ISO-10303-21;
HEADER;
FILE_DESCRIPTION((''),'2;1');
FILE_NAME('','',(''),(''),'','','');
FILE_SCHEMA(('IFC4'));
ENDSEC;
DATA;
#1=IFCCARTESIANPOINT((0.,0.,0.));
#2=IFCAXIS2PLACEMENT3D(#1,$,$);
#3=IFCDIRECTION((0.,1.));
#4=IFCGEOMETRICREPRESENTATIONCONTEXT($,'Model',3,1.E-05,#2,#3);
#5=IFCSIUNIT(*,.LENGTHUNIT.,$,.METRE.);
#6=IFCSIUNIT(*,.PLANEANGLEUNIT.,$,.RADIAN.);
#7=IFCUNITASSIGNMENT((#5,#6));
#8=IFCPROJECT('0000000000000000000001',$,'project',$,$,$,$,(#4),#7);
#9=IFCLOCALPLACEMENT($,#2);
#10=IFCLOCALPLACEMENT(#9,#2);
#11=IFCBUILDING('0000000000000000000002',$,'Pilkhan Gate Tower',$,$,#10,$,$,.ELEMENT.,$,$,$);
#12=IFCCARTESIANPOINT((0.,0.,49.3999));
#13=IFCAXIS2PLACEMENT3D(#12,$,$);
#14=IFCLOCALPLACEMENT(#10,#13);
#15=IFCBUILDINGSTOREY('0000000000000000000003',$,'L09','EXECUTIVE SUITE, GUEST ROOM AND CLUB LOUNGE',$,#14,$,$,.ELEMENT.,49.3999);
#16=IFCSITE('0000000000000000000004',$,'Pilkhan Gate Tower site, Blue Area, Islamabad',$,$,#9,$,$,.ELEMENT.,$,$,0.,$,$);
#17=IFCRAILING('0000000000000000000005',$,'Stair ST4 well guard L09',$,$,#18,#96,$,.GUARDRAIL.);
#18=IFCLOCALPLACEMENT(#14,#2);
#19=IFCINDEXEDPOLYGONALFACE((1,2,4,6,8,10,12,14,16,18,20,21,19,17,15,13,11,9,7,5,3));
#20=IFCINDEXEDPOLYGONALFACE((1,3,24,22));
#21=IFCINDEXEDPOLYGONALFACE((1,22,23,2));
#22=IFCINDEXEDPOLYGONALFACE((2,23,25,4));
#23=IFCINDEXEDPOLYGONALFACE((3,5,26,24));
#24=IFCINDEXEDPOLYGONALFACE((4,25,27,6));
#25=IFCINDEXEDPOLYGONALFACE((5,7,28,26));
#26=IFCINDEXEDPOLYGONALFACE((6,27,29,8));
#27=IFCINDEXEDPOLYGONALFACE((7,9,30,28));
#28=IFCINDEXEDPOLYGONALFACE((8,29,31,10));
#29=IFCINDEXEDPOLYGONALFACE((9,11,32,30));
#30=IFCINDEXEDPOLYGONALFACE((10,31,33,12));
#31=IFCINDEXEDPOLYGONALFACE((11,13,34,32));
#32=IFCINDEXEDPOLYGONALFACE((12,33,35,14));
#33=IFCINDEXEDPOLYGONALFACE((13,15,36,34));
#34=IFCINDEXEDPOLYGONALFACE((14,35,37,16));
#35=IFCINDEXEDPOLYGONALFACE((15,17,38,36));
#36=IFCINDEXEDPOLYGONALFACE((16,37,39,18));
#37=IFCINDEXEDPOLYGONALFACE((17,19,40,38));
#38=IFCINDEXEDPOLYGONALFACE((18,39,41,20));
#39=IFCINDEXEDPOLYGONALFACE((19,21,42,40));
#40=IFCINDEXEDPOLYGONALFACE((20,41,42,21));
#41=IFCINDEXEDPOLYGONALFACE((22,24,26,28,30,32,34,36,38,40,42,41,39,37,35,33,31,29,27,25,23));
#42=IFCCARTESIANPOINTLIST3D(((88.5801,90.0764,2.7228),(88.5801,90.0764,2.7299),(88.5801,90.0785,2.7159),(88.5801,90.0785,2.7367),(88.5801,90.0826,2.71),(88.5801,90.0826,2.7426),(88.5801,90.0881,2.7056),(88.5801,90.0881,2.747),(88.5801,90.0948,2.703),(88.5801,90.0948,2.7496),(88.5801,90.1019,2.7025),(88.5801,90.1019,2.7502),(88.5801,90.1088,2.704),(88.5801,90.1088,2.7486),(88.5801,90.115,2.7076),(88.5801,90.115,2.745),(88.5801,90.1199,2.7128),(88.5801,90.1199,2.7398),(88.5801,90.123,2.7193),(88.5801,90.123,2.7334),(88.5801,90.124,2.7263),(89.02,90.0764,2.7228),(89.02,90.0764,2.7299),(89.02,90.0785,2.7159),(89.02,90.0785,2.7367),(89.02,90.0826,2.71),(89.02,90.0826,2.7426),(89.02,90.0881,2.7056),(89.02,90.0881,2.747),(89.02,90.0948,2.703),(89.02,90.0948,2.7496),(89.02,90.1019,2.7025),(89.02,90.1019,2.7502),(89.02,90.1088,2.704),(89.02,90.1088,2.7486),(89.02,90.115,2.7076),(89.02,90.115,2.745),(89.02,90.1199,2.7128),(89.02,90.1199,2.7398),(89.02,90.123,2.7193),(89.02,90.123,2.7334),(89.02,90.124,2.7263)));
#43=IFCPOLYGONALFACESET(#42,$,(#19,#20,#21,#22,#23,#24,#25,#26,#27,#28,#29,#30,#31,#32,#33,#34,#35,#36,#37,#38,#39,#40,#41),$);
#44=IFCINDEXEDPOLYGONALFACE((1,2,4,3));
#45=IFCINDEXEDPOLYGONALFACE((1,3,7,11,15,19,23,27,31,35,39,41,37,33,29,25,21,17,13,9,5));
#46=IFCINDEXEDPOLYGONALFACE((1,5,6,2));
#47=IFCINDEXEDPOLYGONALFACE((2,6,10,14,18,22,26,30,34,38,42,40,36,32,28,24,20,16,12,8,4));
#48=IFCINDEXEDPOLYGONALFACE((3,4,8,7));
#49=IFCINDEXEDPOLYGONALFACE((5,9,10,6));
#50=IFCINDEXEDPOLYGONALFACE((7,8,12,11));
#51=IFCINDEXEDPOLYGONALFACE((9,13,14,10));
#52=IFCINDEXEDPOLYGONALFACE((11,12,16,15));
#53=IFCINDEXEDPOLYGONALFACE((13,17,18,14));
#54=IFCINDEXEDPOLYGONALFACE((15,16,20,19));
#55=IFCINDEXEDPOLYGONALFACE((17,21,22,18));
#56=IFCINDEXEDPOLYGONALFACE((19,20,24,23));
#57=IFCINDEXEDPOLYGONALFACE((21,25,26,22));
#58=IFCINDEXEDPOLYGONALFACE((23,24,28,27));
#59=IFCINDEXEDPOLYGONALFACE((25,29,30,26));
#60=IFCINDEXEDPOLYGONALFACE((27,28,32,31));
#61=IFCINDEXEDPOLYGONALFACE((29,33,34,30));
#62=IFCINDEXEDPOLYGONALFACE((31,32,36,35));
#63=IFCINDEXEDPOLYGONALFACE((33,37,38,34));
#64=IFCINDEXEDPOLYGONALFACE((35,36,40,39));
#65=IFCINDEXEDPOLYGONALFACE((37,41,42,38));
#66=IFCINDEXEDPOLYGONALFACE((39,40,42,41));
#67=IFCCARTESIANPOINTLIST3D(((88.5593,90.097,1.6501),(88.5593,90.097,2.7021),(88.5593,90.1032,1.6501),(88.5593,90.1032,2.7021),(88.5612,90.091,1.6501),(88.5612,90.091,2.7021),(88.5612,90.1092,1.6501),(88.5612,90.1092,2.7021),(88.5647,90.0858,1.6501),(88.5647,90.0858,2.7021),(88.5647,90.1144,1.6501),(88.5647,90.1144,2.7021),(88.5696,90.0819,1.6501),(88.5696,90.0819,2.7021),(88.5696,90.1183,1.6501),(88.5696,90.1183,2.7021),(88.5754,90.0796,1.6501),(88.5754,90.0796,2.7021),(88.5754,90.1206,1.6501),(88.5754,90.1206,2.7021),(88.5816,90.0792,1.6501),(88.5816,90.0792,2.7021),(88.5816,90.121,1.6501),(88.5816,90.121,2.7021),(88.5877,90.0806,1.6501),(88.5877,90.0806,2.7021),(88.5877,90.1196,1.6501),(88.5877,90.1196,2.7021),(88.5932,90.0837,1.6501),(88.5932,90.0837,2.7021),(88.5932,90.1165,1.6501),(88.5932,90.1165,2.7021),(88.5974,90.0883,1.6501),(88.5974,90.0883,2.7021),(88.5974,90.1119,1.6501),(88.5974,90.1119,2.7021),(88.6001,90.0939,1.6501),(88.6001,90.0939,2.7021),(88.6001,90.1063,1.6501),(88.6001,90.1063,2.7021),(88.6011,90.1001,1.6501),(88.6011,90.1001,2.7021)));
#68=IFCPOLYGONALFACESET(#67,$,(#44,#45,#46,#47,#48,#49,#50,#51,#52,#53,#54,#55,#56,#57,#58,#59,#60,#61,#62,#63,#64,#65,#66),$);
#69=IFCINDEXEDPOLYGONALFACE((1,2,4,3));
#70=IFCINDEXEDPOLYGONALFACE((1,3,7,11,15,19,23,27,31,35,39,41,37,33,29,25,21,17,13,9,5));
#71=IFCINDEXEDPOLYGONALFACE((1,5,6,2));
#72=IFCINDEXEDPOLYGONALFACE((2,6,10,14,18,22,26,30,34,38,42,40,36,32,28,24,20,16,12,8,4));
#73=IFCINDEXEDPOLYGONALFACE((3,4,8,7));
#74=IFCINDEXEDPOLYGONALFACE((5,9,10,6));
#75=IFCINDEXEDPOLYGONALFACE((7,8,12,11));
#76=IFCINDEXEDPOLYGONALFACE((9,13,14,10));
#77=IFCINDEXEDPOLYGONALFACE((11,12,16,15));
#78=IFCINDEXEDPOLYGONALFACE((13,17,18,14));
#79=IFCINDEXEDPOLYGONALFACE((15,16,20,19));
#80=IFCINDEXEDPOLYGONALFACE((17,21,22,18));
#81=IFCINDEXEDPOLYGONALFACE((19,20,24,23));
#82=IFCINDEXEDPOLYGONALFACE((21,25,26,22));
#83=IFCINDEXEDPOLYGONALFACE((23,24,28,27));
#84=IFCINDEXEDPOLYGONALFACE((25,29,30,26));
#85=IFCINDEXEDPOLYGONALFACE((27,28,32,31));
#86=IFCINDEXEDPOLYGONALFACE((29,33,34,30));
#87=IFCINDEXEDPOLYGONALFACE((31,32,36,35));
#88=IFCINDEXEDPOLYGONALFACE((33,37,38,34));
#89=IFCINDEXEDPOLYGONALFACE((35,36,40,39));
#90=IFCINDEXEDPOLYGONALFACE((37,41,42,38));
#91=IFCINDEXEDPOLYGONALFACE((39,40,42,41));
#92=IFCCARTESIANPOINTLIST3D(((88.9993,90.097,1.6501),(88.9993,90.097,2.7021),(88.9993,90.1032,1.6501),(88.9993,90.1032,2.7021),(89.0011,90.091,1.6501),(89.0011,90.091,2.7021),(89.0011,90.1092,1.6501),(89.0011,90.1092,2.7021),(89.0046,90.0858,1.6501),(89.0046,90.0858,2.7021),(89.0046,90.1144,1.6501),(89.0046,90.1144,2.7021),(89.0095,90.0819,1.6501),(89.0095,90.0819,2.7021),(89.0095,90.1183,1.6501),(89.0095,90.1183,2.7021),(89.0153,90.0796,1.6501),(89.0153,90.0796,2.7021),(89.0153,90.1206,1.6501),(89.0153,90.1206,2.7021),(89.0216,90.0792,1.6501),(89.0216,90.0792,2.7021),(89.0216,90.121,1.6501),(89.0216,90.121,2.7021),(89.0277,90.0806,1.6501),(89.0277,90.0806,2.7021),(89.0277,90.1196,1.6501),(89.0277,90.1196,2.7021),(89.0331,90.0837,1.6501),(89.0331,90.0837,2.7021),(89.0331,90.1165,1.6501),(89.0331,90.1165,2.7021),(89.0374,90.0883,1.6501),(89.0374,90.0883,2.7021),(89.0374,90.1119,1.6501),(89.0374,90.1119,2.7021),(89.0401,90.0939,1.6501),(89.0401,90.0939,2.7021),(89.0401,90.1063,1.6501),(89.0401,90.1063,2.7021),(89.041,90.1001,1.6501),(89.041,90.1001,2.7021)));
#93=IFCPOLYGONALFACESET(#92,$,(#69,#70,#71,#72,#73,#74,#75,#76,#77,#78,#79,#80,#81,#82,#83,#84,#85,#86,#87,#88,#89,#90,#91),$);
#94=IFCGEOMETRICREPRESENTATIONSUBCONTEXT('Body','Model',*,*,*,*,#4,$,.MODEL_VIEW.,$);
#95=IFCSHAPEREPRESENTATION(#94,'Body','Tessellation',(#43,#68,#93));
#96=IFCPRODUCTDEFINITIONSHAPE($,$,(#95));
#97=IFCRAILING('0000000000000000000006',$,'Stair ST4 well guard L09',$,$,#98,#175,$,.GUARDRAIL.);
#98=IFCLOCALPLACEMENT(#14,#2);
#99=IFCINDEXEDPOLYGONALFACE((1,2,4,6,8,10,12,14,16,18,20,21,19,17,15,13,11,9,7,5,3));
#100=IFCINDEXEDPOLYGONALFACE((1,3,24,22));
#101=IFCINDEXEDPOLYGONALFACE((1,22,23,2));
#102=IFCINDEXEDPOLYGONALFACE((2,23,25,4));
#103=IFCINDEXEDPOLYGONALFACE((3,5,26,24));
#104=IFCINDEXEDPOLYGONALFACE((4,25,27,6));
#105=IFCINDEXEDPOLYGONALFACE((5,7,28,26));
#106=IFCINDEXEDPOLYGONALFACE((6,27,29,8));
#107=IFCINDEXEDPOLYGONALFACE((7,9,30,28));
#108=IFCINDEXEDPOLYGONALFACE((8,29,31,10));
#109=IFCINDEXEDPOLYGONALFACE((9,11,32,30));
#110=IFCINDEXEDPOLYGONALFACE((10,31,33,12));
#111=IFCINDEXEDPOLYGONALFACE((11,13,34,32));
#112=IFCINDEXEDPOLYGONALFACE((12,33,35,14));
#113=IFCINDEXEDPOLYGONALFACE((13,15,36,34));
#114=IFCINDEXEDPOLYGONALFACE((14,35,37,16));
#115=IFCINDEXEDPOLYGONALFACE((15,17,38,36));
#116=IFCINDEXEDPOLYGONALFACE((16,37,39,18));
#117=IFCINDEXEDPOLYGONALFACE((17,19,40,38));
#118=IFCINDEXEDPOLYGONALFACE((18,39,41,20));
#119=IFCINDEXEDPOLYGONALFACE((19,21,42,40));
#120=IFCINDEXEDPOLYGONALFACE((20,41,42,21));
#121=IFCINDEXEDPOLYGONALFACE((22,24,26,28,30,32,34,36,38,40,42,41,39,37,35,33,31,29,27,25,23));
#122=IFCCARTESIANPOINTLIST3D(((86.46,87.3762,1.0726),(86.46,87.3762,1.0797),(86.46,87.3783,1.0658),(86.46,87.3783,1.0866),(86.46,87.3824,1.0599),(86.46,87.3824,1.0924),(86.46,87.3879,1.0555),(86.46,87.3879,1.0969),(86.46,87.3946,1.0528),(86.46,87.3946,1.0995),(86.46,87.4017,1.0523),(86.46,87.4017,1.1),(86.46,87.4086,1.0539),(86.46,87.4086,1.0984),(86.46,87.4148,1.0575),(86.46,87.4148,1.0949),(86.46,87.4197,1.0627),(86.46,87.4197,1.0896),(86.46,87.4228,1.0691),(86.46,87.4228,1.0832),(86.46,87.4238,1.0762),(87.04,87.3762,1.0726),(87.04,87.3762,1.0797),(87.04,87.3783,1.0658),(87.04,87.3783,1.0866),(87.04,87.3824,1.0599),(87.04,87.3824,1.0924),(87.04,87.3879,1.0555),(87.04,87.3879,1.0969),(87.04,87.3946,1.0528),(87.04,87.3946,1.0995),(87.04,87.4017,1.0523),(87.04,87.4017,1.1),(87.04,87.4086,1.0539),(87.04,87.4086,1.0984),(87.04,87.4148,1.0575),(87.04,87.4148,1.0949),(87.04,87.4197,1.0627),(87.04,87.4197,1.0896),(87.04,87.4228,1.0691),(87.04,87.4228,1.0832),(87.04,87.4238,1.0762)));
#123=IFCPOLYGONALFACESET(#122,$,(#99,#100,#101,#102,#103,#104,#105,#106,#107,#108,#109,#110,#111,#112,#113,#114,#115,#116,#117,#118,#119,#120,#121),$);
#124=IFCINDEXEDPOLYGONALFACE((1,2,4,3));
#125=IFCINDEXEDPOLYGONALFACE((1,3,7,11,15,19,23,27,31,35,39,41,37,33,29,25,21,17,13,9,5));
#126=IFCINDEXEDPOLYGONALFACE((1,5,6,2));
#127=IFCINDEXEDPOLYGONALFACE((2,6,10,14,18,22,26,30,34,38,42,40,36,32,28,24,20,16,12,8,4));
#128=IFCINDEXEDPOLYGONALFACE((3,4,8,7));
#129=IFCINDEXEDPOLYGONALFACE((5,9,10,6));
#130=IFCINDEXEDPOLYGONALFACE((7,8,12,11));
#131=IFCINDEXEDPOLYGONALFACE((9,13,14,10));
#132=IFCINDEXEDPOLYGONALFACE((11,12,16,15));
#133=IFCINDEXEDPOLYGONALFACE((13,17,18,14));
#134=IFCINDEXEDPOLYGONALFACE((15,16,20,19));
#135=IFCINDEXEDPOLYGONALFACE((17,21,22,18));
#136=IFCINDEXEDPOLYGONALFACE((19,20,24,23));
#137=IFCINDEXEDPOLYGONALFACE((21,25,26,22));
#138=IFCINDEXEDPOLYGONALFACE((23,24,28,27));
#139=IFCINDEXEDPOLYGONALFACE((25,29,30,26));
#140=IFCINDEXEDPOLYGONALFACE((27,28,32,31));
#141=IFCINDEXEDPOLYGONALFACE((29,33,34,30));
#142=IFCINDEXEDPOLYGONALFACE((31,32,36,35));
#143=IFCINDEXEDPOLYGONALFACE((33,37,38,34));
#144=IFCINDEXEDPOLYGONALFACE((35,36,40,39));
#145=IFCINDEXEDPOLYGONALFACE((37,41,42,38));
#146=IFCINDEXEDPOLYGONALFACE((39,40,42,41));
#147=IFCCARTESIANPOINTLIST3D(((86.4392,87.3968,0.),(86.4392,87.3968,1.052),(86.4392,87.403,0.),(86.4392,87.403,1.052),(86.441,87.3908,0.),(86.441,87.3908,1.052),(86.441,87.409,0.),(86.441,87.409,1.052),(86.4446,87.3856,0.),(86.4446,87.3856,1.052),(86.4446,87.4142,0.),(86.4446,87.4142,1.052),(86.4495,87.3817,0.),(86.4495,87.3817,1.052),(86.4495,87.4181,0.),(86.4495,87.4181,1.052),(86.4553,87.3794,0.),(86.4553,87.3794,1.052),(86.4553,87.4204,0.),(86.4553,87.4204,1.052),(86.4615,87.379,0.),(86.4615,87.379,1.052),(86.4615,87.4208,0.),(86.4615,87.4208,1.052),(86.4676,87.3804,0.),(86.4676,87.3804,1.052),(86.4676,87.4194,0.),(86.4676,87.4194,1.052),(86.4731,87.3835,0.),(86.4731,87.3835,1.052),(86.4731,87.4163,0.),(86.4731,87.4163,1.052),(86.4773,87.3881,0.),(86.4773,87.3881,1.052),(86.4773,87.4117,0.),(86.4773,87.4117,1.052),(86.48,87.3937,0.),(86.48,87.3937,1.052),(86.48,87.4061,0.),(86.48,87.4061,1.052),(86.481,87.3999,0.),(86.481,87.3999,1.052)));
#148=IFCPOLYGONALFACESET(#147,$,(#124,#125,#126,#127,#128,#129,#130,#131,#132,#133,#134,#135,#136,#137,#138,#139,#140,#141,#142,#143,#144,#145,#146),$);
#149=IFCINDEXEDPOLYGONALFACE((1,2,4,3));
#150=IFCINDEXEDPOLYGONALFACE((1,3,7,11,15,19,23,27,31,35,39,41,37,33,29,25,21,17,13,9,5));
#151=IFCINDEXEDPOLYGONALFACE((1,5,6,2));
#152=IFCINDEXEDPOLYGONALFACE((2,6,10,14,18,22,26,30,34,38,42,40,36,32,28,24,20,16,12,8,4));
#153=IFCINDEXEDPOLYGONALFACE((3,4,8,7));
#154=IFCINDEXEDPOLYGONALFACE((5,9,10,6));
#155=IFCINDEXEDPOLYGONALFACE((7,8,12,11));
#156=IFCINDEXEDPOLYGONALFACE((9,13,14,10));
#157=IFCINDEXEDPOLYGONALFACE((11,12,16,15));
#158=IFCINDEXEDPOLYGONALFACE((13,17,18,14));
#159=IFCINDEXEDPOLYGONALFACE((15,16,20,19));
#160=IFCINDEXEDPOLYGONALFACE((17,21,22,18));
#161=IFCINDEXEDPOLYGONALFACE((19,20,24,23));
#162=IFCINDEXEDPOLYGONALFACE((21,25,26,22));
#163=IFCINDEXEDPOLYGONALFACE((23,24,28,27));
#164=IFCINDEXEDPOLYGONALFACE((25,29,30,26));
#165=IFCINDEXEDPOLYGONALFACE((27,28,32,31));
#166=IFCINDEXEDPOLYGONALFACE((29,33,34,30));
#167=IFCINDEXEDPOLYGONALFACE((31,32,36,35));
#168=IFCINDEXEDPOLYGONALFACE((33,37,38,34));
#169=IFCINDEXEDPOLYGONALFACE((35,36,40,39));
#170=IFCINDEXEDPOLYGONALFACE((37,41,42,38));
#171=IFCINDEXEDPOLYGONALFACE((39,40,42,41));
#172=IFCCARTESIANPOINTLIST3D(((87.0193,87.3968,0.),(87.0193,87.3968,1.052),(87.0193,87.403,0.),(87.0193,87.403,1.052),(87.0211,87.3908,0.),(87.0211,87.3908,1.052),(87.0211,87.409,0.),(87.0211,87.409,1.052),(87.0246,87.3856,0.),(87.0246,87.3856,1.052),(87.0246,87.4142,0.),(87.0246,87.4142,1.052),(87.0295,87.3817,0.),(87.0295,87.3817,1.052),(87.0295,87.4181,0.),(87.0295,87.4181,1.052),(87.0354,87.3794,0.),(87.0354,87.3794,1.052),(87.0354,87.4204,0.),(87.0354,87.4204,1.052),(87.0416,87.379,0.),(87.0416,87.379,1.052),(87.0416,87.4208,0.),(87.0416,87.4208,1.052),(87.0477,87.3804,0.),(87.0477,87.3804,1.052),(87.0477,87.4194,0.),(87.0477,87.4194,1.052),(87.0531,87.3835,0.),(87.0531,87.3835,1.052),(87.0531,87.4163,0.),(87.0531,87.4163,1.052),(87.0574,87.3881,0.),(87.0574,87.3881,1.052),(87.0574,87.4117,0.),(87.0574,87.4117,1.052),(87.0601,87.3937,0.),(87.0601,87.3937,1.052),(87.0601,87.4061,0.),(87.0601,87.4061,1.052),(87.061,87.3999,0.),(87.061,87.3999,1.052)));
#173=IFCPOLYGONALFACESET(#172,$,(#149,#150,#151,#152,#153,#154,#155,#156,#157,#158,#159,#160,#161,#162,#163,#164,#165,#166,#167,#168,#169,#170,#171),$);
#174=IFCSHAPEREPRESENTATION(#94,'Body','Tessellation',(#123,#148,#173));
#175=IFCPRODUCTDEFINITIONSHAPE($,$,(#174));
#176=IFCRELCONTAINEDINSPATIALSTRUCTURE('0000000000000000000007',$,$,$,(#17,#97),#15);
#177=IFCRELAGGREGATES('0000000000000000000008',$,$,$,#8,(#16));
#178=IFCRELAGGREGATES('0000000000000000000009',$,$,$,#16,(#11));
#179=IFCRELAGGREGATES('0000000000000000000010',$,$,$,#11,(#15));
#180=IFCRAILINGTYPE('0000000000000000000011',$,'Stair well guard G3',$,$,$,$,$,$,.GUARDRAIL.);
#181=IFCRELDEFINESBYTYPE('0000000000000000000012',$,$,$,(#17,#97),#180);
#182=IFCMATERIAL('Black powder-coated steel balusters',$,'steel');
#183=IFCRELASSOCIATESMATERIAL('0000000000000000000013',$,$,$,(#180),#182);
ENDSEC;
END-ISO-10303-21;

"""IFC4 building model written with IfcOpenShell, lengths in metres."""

from ifc_helpers import new_model, si_unit, direction, frame, origin, origin_2d, place, context, subcontext, project, spatial, circle, extrude, material, type_object, element, save


model = new_model("IFC4")

# Units and contexts
model_context = context("Model", 3, precision=1e-05, world=origin(), true_north=direction((0.0, 1.0)))
body_context = subcontext(model_context, "Body", "Model", "MODEL_VIEW")
ifc_project = project(units=[si_unit("LENGTHUNIT", "METRE"), si_unit("PLANEANGLEUNIT", "RADIAN")], contexts=[model_context])

# Site, building, storey
site_placement = place(None, origin())
site = spatial("IfcSite", under=ifc_project, at=site_placement, Name="Pilkhan Gate Tower site, Blue Area, Islamabad", CompositionType="ELEMENT", RefElevation=0.0)
building_placement = place(site_placement, origin())
building = spatial("IfcBuilding", under=site, at=building_placement, Name="Pilkhan Gate Tower", CompositionType="ELEMENT")
storey_placement = place(building_placement, frame((0.0, 0.0, 49.3999)))
storey = spatial("IfcBuildingStorey", under=building, at=storey_placement, Name="L09", Description="EXECUTIVE SUITE, GUEST ROOM AND CLUB LOUNGE", CompositionType="ELEMENT", Elevation=49.3999)

# Railings
ifc_material_1 = material(Name="Black powder-coated steel balusters", Category="steel")
railing_type_1 = type_object("IfcRailingType", Name="Stair well guard G3", PredefinedType="GUARDRAIL", material=ifc_material_1)
railing_1_placement = place(storey_placement, frame((88.5801, 90.1001, 1.6501)))
element("IfcRailing", 1, at=railing_1_placement, inside=storey, type_object=railing_type_1, Name="Stair ST4 well guard L09", PredefinedType="GUARDRAIL", context=body_context, shape_type="SweptSolid", body=[
    extrude(circle(Radius=0.0239, at=origin_2d()), frame((0.0, 0.0, 1.0762), z_axis=(1.0, 0.0, 0.0), x_axis=(0.0, 1.0, 0.0)), (0.0, 0.0, 1.0), 0.4399),
    extrude(circle(Radius=0.021, at=origin_2d()), origin(), (0.0, 0.0, 1.0), 1.052),
    extrude(circle(Radius=0.021, at=origin_2d()), frame((0.4399, 0.0, 0.0)), (0.0, 0.0, 1.0), 1.052),
])
for number, where, name in (
    (2, (86.46, 87.3999, 0.0), "Stair ST4 well guard L09"),
):
    element("IfcRailing", number, at=place(storey_placement, frame(where)), inside=storey, type_object=railing_type_1, Name=name, PredefinedType="GUARDRAIL", context=body_context, shape_type="SweptSolid", body=[
        extrude(circle(Radius=0.0239, at=origin_2d()), frame((0.0, 0.0, 1.0762), z_axis=(1.0, 0.0, 0.0), x_axis=(0.0, 1.0, 0.0)), (0.0, 0.0, 1.0), 0.5801),
        extrude(circle(Radius=0.021, at=origin_2d()), origin(), (0.0, 0.0, 1.0), 1.052),
        extrude(circle(Radius=0.021, at=origin_2d()), frame((0.5801, 0.0, 0.0)), (0.0, 0.0, 1.0), 1.052),
    ])

save(model, "model.ifc")
